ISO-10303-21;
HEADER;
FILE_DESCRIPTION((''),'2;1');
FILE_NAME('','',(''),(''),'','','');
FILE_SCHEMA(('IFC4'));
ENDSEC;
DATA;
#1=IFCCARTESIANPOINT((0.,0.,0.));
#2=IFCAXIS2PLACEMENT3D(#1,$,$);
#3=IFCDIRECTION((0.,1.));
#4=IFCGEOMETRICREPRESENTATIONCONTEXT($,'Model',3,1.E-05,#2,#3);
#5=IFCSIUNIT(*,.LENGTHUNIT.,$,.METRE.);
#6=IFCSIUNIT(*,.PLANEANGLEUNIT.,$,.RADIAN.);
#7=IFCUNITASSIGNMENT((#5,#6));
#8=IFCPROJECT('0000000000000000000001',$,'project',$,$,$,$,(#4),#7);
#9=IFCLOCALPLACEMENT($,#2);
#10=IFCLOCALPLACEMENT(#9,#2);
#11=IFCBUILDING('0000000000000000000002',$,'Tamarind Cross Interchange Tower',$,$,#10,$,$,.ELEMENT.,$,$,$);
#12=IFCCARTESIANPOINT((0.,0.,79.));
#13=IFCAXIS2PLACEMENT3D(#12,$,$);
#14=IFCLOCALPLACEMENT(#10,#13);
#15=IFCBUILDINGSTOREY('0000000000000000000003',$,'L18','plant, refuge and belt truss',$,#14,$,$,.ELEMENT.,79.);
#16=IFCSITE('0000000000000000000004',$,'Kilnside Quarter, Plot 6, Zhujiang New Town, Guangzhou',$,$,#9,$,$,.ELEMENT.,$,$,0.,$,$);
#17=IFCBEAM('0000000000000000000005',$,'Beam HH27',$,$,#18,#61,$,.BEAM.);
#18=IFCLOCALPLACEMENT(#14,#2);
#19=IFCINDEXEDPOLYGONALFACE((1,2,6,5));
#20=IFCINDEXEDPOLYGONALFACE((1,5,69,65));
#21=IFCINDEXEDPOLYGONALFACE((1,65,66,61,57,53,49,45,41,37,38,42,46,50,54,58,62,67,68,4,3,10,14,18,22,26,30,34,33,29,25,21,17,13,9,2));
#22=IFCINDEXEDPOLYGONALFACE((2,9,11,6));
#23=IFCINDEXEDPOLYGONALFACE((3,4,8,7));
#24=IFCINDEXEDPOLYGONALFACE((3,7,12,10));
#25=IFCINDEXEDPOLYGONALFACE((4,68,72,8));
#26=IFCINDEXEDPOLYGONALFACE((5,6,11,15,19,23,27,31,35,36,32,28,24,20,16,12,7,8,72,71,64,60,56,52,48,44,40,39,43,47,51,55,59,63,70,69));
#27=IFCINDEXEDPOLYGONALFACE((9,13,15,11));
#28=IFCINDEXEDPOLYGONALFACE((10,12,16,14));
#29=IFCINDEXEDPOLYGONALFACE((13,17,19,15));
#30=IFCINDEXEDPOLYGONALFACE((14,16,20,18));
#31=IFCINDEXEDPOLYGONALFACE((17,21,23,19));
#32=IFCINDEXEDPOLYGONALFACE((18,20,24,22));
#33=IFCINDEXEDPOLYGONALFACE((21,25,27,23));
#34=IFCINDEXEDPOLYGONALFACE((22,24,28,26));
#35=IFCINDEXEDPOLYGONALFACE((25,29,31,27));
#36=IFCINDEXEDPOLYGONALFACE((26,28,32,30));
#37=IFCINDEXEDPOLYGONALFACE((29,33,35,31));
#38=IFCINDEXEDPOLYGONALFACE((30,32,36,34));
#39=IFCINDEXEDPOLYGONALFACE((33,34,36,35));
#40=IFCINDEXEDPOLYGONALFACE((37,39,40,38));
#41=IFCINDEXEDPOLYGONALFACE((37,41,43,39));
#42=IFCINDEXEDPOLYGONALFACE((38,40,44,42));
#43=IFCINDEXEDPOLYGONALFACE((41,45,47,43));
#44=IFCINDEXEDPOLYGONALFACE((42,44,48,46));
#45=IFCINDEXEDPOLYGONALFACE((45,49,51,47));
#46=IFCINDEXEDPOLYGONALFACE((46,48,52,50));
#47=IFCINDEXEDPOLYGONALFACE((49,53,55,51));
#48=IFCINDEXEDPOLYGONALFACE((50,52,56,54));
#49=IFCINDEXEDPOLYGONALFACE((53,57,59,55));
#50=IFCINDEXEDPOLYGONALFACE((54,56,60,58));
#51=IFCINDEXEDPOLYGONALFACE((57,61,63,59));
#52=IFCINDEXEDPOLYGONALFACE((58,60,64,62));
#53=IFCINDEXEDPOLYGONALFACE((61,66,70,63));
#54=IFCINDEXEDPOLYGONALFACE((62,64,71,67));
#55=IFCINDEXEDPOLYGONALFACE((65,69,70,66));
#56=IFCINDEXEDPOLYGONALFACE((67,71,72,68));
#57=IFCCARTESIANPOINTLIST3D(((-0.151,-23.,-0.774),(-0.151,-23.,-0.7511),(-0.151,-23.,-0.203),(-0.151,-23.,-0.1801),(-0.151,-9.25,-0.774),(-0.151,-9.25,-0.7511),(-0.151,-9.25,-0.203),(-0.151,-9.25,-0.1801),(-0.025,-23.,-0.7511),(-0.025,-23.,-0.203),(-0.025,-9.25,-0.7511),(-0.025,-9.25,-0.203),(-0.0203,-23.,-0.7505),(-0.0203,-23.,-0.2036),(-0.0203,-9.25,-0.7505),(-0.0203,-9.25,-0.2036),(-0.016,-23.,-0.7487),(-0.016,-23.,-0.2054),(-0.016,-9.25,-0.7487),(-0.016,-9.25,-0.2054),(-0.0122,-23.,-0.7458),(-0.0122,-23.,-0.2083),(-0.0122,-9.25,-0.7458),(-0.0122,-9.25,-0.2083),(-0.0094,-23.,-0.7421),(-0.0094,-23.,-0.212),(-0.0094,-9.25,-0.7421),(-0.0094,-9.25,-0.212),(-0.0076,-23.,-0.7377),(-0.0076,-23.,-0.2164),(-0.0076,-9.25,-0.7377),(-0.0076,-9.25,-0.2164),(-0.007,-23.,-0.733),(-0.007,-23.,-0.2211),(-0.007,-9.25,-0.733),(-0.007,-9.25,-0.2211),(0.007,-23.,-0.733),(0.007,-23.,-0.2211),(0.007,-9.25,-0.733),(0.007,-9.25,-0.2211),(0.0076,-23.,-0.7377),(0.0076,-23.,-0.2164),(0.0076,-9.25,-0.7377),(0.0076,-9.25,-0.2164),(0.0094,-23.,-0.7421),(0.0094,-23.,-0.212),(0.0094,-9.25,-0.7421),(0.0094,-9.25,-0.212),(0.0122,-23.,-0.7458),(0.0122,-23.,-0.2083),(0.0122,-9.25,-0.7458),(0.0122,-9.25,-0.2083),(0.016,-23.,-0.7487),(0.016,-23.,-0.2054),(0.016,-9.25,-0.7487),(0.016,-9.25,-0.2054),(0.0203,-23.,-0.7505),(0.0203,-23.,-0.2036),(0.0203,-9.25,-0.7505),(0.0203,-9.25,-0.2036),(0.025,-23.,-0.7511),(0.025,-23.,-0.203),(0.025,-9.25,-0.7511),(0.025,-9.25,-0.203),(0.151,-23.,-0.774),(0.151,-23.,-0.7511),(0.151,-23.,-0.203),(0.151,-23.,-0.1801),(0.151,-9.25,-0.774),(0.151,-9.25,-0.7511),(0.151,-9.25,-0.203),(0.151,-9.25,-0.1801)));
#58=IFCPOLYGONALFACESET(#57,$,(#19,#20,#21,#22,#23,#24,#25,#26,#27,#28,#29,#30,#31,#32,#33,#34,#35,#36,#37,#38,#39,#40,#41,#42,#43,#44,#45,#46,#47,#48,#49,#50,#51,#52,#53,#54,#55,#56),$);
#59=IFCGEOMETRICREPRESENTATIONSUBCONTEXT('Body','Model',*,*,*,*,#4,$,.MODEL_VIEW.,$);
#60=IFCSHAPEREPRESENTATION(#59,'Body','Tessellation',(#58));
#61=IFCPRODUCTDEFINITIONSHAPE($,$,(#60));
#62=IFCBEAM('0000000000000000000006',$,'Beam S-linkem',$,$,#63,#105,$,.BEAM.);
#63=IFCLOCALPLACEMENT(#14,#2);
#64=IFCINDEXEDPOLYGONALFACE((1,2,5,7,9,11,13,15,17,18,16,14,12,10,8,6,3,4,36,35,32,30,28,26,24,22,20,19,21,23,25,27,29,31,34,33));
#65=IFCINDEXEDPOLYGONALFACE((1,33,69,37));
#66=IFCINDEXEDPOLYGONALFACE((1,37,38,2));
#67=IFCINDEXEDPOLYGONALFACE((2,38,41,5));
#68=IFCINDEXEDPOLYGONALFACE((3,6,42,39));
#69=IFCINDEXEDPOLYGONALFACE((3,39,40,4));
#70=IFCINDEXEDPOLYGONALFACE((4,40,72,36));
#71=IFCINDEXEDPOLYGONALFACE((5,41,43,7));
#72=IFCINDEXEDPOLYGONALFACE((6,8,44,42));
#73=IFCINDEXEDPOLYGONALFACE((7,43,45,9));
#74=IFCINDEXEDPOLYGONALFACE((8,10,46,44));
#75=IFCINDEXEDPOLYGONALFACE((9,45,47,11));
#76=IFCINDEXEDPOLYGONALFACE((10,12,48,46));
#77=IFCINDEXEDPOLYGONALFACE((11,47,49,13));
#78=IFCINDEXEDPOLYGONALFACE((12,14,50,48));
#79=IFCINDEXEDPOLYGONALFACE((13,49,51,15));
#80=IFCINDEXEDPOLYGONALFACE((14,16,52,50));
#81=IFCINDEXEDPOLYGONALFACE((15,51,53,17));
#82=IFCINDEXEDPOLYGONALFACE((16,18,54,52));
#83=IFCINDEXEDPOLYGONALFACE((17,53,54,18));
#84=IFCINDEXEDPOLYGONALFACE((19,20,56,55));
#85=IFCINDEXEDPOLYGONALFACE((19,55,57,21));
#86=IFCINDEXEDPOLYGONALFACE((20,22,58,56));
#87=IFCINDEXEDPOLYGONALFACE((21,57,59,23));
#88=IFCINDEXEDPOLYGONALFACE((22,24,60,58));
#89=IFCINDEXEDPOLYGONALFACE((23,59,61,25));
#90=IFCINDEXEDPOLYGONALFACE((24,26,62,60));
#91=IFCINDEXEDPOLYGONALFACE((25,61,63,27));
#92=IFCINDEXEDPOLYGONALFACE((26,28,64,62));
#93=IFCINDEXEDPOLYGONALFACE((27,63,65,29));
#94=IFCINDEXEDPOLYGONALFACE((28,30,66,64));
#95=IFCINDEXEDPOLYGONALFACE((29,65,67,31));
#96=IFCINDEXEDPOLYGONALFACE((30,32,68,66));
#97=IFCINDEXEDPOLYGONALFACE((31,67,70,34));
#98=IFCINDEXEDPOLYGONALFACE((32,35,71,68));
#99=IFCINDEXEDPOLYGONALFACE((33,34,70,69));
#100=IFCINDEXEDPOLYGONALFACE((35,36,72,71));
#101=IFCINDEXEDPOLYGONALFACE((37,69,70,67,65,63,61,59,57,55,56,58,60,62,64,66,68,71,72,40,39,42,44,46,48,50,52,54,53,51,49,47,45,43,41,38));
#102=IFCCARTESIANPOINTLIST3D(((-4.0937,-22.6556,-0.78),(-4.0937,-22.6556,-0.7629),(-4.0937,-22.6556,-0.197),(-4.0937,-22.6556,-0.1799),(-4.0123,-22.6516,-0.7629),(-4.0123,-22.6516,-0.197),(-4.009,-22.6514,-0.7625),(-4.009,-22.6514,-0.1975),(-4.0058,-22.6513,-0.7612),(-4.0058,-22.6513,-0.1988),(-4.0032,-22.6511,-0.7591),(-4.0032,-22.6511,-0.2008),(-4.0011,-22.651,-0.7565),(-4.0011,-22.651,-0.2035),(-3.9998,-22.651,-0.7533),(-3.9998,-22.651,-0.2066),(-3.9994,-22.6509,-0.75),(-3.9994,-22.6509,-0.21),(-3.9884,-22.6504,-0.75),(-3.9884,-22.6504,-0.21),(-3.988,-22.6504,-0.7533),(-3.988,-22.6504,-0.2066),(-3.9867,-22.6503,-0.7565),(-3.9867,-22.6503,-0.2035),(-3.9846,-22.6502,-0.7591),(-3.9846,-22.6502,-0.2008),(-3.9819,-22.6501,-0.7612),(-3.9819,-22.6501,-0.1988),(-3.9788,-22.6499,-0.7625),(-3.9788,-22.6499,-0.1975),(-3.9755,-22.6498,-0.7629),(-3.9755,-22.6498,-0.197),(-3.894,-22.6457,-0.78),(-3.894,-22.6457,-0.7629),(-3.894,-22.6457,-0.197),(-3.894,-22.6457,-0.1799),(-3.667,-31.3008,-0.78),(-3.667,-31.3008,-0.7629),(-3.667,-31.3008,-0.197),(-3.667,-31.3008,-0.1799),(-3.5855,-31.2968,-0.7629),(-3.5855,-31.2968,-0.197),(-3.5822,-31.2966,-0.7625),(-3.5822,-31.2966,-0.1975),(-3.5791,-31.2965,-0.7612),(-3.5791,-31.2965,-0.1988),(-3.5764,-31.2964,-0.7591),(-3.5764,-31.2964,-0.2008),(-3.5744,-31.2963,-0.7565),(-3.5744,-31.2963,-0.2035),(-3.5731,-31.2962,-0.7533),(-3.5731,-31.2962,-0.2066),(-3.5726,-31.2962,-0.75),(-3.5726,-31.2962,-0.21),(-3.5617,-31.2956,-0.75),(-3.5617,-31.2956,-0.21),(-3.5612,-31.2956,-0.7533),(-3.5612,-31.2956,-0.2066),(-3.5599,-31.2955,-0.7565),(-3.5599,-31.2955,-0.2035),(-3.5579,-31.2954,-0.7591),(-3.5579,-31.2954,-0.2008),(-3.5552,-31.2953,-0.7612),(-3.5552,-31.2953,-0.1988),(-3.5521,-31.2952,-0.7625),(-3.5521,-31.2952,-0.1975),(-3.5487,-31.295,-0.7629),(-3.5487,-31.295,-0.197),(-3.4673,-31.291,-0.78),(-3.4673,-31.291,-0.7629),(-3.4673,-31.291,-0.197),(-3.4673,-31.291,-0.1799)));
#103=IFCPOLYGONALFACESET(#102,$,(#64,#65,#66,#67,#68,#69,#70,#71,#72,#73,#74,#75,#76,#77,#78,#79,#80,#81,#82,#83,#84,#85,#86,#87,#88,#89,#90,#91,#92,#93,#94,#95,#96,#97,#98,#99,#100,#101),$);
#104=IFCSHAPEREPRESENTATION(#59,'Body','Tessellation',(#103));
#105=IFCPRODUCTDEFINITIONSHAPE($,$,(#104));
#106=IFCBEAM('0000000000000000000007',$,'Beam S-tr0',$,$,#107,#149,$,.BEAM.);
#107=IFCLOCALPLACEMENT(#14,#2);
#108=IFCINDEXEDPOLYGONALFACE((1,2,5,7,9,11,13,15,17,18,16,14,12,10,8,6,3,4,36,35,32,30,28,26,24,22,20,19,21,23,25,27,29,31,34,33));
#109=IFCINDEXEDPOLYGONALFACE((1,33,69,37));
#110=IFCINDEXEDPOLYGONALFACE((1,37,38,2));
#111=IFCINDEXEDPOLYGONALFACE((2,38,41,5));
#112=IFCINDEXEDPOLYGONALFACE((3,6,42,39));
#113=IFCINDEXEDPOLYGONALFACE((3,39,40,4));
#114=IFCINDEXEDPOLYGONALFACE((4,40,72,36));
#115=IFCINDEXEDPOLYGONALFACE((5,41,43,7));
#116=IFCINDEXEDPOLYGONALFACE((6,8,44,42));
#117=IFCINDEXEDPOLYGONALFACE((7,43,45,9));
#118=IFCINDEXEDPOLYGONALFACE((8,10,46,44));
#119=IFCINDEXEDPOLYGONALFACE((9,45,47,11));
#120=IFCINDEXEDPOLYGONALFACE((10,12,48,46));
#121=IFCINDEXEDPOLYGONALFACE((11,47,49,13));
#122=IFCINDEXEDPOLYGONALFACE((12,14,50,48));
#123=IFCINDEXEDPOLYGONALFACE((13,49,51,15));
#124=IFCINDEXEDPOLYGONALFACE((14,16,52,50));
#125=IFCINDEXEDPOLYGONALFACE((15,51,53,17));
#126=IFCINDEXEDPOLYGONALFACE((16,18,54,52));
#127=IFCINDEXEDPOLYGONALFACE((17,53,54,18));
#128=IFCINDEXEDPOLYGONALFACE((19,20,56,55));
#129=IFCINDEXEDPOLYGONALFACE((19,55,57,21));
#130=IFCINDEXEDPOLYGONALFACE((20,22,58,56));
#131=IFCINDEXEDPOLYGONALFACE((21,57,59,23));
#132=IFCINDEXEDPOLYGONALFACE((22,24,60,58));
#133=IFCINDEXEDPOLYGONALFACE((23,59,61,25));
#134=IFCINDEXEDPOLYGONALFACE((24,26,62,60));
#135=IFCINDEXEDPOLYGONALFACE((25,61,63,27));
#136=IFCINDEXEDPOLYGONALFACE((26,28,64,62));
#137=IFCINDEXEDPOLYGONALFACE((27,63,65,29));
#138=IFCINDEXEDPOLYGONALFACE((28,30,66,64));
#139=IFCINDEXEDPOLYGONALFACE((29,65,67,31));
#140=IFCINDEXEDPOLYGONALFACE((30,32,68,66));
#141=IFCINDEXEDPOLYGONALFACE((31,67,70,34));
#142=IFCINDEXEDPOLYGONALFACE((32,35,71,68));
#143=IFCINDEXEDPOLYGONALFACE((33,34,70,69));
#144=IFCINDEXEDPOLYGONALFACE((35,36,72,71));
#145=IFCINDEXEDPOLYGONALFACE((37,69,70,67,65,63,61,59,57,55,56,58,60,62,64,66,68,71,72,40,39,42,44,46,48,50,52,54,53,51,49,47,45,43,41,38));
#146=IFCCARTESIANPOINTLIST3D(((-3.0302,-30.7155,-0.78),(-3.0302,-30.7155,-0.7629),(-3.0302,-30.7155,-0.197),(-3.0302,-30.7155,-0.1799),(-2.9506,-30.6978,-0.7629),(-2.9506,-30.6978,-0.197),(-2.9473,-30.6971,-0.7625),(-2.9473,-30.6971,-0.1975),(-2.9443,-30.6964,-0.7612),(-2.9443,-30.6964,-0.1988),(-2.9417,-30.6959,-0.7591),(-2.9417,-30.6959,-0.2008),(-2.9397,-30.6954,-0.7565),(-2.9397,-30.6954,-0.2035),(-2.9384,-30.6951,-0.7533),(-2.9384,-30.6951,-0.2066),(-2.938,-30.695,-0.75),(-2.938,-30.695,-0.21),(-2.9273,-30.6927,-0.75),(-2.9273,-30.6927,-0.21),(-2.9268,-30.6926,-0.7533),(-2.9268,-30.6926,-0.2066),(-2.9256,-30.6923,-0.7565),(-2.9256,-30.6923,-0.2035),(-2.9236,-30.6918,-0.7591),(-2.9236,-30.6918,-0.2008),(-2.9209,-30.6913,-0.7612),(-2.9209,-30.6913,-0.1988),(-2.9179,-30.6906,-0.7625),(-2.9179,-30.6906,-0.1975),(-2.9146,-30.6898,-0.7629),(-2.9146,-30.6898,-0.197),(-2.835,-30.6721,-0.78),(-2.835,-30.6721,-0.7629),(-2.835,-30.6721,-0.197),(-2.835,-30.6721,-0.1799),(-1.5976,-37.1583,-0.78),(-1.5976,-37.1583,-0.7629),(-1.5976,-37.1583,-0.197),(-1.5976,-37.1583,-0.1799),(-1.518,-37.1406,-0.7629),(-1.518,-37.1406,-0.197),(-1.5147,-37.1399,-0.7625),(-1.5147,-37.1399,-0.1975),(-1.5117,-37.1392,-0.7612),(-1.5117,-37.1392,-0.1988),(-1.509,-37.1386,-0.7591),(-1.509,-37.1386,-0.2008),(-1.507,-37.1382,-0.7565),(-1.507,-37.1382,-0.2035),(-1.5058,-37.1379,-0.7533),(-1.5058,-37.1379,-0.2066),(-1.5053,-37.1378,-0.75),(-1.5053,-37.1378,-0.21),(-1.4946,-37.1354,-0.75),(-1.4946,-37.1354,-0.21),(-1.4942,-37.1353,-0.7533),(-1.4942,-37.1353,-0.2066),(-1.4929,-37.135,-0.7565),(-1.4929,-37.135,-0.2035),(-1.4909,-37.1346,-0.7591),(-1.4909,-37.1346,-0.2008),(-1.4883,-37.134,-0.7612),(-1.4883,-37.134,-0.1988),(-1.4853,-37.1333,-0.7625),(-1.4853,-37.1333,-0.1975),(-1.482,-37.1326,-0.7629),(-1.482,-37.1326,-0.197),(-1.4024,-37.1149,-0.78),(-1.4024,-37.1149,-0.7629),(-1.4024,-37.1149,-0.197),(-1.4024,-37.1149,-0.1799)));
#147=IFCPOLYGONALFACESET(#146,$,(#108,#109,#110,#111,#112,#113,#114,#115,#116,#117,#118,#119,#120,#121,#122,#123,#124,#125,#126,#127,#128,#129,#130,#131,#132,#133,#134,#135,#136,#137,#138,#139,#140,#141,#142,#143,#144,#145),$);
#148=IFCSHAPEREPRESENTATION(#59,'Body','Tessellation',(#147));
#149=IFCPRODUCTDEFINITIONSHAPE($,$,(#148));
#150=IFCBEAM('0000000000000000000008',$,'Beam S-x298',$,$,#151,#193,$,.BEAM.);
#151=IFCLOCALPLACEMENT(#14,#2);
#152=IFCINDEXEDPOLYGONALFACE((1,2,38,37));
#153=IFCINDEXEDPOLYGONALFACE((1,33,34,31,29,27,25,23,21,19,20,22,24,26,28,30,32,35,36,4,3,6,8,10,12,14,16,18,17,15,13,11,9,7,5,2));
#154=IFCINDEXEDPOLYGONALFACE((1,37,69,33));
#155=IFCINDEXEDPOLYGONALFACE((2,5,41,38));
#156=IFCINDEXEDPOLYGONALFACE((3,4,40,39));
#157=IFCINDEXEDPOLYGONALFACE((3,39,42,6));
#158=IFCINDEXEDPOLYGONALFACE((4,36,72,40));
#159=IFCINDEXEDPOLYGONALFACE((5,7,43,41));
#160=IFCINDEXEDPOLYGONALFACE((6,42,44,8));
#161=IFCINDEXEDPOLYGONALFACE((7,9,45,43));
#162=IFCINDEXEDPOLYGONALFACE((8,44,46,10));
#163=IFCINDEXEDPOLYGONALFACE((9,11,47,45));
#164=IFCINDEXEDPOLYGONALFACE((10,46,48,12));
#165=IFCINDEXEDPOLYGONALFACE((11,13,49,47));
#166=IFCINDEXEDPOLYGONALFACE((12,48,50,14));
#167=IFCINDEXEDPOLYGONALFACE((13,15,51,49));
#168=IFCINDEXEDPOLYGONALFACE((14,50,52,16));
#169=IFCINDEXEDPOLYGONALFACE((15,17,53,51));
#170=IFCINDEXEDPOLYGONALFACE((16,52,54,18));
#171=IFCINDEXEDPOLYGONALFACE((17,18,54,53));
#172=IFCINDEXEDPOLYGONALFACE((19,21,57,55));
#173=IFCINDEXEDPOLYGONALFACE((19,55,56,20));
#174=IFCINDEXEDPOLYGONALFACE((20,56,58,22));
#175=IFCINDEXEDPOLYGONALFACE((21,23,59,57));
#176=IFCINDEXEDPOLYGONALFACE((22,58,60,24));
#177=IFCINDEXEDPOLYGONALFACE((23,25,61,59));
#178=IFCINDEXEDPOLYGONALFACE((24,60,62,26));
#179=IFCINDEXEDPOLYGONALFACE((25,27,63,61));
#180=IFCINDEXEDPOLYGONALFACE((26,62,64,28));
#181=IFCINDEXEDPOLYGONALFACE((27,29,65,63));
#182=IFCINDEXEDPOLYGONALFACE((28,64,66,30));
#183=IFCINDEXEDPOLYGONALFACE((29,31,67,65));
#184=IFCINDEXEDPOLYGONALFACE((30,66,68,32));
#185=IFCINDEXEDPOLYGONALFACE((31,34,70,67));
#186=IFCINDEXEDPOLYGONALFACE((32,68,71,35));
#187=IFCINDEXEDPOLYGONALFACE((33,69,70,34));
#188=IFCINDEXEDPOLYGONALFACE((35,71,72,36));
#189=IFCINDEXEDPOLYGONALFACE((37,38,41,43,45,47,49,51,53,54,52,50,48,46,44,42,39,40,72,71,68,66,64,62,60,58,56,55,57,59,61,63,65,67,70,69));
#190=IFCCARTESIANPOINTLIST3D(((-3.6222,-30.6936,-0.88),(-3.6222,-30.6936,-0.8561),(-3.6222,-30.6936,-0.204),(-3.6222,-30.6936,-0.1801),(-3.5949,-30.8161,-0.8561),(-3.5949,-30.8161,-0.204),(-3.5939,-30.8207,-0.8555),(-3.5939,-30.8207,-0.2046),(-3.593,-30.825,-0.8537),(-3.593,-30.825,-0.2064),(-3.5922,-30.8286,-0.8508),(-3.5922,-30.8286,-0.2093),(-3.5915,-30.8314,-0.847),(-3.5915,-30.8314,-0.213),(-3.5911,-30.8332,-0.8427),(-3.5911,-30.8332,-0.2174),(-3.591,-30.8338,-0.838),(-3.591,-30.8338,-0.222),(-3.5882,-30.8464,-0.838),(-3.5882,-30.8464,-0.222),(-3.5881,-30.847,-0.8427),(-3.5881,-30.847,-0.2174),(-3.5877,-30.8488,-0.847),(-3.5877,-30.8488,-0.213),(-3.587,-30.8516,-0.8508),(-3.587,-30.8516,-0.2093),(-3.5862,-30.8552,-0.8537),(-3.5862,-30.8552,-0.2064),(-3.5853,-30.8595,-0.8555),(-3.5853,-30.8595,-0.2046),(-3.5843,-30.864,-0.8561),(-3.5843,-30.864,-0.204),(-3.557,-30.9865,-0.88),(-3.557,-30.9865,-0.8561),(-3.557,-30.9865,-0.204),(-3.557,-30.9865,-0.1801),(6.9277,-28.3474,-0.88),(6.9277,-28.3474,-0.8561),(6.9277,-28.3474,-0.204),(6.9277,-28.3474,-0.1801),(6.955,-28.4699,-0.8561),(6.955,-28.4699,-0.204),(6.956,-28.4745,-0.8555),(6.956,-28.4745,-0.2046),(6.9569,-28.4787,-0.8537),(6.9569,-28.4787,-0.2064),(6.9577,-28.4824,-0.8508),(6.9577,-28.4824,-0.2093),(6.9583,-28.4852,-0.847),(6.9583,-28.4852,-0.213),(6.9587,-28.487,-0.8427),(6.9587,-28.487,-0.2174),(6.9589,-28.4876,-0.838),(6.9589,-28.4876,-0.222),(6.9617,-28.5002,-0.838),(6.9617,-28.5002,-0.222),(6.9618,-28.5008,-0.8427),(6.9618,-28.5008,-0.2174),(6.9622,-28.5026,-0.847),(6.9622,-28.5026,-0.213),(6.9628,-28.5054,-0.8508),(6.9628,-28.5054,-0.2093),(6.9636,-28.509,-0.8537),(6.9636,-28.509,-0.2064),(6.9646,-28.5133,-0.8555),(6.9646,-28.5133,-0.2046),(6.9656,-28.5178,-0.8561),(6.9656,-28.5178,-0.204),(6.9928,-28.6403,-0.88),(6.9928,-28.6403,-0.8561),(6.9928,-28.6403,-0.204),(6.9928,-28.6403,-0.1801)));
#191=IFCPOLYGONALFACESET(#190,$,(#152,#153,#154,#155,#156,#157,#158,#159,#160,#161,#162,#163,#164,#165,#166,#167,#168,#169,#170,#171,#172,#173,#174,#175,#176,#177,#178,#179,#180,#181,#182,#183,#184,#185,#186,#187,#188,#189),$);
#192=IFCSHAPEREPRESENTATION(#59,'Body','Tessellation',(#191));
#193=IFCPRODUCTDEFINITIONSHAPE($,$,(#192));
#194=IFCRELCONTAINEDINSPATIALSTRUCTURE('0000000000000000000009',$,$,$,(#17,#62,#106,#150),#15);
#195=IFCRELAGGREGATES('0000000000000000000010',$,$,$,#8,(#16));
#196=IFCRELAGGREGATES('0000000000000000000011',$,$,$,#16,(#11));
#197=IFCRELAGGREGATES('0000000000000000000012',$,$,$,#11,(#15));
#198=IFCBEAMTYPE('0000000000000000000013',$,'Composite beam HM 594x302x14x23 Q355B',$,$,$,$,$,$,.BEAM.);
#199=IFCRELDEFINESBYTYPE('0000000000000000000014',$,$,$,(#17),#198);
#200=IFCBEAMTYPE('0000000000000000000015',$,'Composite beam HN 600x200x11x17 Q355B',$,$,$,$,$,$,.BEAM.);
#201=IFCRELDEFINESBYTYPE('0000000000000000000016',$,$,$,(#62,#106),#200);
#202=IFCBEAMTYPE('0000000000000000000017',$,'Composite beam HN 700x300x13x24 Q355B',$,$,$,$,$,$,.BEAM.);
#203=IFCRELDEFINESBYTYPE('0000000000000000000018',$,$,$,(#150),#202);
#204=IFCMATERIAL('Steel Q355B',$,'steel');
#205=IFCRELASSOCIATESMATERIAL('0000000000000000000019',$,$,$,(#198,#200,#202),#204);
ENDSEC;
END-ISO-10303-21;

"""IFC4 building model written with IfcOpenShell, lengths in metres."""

from ifc_helpers import new_model, si_unit, direction, frame, origin, origin_2d, place, context, subcontext, project, spatial, i_section, extrude, material, material_profile, profile_set, type_object, element, save


model = new_model("IFC4")

# Units and contexts
model_context = context("Model", 3, precision=1e-05, world=origin(), true_north=direction((0.0, 1.0)))
body_context = subcontext(model_context, "Body", "Model", "MODEL_VIEW")
ifc_project = project(units=[si_unit("LENGTHUNIT", "METRE"), si_unit("PLANEANGLEUNIT", "RADIAN")], contexts=[model_context])

# Site, building, storey
site_placement = place(None, origin())
site = spatial("IfcSite", under=ifc_project, at=site_placement, Name="Kilnside Quarter, Plot 6, Zhujiang New Town, Guangzhou", CompositionType="ELEMENT", RefElevation=0.0)
building_placement = place(site_placement, origin())
building = spatial("IfcBuilding", under=site, at=building_placement, Name="Tamarind Cross Interchange Tower", CompositionType="ELEMENT")
storey_placement = place(building_placement, frame((0.0, 0.0, 79.0)))
storey = spatial("IfcBuildingStorey", under=building, at=storey_placement, Name="L18", Description="plant, refuge and belt truss", CompositionType="ELEMENT", Elevation=79.0)

# Beams
ifc_material_1 = material(Name="Steel Q355B", Category="steel")
ifc_material_profile_1 = material_profile(ifc_material_1, i_section(OverallWidth=0.302, OverallDepth=0.594, WebThickness=0.0139, FlangeThickness=0.0229, FilletRadius=0.0181, at=origin_2d()), Name="HM 594x302x14x23")
ifc_profile_set_1 = profile_set([ifc_material_profile_1], Name="Steel Q355B")
beam_type_1 = type_object("IfcBeamType", Name="Composite beam HM 594x302x14x23 Q355B", PredefinedType="BEAM", material=ifc_profile_set_1)
beam_1_placement = place(storey_placement, frame((0.0, -23.0, -0.4771), z_axis=(0.0, 1.0, 0.0), x_axis=(-1.0, 0.0, 0.0)))
element("IfcBeam", 1, at=beam_1_placement, inside=storey, type_object=beam_type_1, Name="Beam HH27", PredefinedType="BEAM", context=body_context, shape_type="SweptSolid", body=[
    extrude(i_section(OverallWidth=0.302, OverallDepth=0.594, WebThickness=0.0139, FlangeThickness=0.0229, FilletRadius=0.0181, at=origin_2d()), origin(), (0.0, 0.0, 1.0), 13.75),
])
ifc_material_profile_2 = material_profile(ifc_material_1, i_section(OverallWidth=0.2, OverallDepth=0.6001, WebThickness=0.011, FlangeThickness=0.0171, FilletRadius=0.0129, at=origin_2d()), Name="HN 600x200x11x17")
ifc_profile_set_2 = profile_set([ifc_material_profile_2], Name="Steel Q355B")
beam_type_2 = type_object("IfcBeamType", Name="Composite beam HN 600x200x11x17 Q355B", PredefinedType="BEAM", material=ifc_profile_set_2)
beam_2_placement = place(storey_placement, frame((-3.5671, -31.2959, -0.48), z_axis=(-0.049303, 0.998784, 0.0), x_axis=(-0.998784, -0.049303, 0.0)))
element("IfcBeam", 2, at=beam_2_placement, inside=storey, type_object=beam_type_2, Name="Beam S-linkem", PredefinedType="BEAM", context=body_context, shape_type="SweptSolid", body=[
    extrude(i_section(OverallWidth=0.2, OverallDepth=0.6001, WebThickness=0.011, FlangeThickness=0.0171, FilletRadius=0.0129, at=origin_2d()), origin(), (0.0, 0.0, 1.0), 8.6558),
])
beam_3_placement = place(storey_placement, frame((-2.9326, -30.6938, -0.48), z_axis=(0.217064, -0.976157, 0.0), x_axis=(0.976157, 0.217064, 0.0)))
element("IfcBeam", 3, at=beam_3_placement, inside=storey, type_object=beam_type_2, Name="Beam S-tr0", PredefinedType="BEAM", context=body_context, shape_type="SweptSolid", body=[
    extrude(i_section(OverallWidth=0.2, OverallDepth=0.6001, WebThickness=0.011, FlangeThickness=0.0171, FilletRadius=0.0129, at=origin_2d()), origin(), (0.0, 0.0, 1.0), 6.6001),
])
ifc_material_profile_3 = material_profile(ifc_material_1, i_section(OverallWidth=0.3, OverallDepth=0.7, WebThickness=0.0129, FlangeThickness=0.0239, FilletRadius=0.0181, at=origin_2d()), Name="HN 700x300x13x24")
ifc_profile_set_3 = profile_set([ifc_material_profile_3], Name="Steel Q355B")
beam_type_3 = type_object("IfcBeamType", Name="Composite beam HN 700x300x13x24 Q355B", PredefinedType="BEAM", material=ifc_profile_set_3)
beam_4_placement = place(storey_placement, frame((-3.5896, -30.8401, -0.53), z_axis=(0.976152, 0.217088, 0.0), x_axis=(-0.217088, 0.976152, 0.0)))
element("IfcBeam", 4, at=beam_4_placement, inside=storey, type_object=beam_type_3, Name="Beam S-x298", PredefinedType="BEAM", context=body_context, shape_type="SweptSolid", body=[
    extrude(i_section(OverallWidth=0.3, OverallDepth=0.7, WebThickness=0.0129, FlangeThickness=0.0239, FilletRadius=0.0181, at=origin_2d()), origin(), (0.0, 0.0, 1.0), 10.8076),
])

save(model, "model.ifc")
